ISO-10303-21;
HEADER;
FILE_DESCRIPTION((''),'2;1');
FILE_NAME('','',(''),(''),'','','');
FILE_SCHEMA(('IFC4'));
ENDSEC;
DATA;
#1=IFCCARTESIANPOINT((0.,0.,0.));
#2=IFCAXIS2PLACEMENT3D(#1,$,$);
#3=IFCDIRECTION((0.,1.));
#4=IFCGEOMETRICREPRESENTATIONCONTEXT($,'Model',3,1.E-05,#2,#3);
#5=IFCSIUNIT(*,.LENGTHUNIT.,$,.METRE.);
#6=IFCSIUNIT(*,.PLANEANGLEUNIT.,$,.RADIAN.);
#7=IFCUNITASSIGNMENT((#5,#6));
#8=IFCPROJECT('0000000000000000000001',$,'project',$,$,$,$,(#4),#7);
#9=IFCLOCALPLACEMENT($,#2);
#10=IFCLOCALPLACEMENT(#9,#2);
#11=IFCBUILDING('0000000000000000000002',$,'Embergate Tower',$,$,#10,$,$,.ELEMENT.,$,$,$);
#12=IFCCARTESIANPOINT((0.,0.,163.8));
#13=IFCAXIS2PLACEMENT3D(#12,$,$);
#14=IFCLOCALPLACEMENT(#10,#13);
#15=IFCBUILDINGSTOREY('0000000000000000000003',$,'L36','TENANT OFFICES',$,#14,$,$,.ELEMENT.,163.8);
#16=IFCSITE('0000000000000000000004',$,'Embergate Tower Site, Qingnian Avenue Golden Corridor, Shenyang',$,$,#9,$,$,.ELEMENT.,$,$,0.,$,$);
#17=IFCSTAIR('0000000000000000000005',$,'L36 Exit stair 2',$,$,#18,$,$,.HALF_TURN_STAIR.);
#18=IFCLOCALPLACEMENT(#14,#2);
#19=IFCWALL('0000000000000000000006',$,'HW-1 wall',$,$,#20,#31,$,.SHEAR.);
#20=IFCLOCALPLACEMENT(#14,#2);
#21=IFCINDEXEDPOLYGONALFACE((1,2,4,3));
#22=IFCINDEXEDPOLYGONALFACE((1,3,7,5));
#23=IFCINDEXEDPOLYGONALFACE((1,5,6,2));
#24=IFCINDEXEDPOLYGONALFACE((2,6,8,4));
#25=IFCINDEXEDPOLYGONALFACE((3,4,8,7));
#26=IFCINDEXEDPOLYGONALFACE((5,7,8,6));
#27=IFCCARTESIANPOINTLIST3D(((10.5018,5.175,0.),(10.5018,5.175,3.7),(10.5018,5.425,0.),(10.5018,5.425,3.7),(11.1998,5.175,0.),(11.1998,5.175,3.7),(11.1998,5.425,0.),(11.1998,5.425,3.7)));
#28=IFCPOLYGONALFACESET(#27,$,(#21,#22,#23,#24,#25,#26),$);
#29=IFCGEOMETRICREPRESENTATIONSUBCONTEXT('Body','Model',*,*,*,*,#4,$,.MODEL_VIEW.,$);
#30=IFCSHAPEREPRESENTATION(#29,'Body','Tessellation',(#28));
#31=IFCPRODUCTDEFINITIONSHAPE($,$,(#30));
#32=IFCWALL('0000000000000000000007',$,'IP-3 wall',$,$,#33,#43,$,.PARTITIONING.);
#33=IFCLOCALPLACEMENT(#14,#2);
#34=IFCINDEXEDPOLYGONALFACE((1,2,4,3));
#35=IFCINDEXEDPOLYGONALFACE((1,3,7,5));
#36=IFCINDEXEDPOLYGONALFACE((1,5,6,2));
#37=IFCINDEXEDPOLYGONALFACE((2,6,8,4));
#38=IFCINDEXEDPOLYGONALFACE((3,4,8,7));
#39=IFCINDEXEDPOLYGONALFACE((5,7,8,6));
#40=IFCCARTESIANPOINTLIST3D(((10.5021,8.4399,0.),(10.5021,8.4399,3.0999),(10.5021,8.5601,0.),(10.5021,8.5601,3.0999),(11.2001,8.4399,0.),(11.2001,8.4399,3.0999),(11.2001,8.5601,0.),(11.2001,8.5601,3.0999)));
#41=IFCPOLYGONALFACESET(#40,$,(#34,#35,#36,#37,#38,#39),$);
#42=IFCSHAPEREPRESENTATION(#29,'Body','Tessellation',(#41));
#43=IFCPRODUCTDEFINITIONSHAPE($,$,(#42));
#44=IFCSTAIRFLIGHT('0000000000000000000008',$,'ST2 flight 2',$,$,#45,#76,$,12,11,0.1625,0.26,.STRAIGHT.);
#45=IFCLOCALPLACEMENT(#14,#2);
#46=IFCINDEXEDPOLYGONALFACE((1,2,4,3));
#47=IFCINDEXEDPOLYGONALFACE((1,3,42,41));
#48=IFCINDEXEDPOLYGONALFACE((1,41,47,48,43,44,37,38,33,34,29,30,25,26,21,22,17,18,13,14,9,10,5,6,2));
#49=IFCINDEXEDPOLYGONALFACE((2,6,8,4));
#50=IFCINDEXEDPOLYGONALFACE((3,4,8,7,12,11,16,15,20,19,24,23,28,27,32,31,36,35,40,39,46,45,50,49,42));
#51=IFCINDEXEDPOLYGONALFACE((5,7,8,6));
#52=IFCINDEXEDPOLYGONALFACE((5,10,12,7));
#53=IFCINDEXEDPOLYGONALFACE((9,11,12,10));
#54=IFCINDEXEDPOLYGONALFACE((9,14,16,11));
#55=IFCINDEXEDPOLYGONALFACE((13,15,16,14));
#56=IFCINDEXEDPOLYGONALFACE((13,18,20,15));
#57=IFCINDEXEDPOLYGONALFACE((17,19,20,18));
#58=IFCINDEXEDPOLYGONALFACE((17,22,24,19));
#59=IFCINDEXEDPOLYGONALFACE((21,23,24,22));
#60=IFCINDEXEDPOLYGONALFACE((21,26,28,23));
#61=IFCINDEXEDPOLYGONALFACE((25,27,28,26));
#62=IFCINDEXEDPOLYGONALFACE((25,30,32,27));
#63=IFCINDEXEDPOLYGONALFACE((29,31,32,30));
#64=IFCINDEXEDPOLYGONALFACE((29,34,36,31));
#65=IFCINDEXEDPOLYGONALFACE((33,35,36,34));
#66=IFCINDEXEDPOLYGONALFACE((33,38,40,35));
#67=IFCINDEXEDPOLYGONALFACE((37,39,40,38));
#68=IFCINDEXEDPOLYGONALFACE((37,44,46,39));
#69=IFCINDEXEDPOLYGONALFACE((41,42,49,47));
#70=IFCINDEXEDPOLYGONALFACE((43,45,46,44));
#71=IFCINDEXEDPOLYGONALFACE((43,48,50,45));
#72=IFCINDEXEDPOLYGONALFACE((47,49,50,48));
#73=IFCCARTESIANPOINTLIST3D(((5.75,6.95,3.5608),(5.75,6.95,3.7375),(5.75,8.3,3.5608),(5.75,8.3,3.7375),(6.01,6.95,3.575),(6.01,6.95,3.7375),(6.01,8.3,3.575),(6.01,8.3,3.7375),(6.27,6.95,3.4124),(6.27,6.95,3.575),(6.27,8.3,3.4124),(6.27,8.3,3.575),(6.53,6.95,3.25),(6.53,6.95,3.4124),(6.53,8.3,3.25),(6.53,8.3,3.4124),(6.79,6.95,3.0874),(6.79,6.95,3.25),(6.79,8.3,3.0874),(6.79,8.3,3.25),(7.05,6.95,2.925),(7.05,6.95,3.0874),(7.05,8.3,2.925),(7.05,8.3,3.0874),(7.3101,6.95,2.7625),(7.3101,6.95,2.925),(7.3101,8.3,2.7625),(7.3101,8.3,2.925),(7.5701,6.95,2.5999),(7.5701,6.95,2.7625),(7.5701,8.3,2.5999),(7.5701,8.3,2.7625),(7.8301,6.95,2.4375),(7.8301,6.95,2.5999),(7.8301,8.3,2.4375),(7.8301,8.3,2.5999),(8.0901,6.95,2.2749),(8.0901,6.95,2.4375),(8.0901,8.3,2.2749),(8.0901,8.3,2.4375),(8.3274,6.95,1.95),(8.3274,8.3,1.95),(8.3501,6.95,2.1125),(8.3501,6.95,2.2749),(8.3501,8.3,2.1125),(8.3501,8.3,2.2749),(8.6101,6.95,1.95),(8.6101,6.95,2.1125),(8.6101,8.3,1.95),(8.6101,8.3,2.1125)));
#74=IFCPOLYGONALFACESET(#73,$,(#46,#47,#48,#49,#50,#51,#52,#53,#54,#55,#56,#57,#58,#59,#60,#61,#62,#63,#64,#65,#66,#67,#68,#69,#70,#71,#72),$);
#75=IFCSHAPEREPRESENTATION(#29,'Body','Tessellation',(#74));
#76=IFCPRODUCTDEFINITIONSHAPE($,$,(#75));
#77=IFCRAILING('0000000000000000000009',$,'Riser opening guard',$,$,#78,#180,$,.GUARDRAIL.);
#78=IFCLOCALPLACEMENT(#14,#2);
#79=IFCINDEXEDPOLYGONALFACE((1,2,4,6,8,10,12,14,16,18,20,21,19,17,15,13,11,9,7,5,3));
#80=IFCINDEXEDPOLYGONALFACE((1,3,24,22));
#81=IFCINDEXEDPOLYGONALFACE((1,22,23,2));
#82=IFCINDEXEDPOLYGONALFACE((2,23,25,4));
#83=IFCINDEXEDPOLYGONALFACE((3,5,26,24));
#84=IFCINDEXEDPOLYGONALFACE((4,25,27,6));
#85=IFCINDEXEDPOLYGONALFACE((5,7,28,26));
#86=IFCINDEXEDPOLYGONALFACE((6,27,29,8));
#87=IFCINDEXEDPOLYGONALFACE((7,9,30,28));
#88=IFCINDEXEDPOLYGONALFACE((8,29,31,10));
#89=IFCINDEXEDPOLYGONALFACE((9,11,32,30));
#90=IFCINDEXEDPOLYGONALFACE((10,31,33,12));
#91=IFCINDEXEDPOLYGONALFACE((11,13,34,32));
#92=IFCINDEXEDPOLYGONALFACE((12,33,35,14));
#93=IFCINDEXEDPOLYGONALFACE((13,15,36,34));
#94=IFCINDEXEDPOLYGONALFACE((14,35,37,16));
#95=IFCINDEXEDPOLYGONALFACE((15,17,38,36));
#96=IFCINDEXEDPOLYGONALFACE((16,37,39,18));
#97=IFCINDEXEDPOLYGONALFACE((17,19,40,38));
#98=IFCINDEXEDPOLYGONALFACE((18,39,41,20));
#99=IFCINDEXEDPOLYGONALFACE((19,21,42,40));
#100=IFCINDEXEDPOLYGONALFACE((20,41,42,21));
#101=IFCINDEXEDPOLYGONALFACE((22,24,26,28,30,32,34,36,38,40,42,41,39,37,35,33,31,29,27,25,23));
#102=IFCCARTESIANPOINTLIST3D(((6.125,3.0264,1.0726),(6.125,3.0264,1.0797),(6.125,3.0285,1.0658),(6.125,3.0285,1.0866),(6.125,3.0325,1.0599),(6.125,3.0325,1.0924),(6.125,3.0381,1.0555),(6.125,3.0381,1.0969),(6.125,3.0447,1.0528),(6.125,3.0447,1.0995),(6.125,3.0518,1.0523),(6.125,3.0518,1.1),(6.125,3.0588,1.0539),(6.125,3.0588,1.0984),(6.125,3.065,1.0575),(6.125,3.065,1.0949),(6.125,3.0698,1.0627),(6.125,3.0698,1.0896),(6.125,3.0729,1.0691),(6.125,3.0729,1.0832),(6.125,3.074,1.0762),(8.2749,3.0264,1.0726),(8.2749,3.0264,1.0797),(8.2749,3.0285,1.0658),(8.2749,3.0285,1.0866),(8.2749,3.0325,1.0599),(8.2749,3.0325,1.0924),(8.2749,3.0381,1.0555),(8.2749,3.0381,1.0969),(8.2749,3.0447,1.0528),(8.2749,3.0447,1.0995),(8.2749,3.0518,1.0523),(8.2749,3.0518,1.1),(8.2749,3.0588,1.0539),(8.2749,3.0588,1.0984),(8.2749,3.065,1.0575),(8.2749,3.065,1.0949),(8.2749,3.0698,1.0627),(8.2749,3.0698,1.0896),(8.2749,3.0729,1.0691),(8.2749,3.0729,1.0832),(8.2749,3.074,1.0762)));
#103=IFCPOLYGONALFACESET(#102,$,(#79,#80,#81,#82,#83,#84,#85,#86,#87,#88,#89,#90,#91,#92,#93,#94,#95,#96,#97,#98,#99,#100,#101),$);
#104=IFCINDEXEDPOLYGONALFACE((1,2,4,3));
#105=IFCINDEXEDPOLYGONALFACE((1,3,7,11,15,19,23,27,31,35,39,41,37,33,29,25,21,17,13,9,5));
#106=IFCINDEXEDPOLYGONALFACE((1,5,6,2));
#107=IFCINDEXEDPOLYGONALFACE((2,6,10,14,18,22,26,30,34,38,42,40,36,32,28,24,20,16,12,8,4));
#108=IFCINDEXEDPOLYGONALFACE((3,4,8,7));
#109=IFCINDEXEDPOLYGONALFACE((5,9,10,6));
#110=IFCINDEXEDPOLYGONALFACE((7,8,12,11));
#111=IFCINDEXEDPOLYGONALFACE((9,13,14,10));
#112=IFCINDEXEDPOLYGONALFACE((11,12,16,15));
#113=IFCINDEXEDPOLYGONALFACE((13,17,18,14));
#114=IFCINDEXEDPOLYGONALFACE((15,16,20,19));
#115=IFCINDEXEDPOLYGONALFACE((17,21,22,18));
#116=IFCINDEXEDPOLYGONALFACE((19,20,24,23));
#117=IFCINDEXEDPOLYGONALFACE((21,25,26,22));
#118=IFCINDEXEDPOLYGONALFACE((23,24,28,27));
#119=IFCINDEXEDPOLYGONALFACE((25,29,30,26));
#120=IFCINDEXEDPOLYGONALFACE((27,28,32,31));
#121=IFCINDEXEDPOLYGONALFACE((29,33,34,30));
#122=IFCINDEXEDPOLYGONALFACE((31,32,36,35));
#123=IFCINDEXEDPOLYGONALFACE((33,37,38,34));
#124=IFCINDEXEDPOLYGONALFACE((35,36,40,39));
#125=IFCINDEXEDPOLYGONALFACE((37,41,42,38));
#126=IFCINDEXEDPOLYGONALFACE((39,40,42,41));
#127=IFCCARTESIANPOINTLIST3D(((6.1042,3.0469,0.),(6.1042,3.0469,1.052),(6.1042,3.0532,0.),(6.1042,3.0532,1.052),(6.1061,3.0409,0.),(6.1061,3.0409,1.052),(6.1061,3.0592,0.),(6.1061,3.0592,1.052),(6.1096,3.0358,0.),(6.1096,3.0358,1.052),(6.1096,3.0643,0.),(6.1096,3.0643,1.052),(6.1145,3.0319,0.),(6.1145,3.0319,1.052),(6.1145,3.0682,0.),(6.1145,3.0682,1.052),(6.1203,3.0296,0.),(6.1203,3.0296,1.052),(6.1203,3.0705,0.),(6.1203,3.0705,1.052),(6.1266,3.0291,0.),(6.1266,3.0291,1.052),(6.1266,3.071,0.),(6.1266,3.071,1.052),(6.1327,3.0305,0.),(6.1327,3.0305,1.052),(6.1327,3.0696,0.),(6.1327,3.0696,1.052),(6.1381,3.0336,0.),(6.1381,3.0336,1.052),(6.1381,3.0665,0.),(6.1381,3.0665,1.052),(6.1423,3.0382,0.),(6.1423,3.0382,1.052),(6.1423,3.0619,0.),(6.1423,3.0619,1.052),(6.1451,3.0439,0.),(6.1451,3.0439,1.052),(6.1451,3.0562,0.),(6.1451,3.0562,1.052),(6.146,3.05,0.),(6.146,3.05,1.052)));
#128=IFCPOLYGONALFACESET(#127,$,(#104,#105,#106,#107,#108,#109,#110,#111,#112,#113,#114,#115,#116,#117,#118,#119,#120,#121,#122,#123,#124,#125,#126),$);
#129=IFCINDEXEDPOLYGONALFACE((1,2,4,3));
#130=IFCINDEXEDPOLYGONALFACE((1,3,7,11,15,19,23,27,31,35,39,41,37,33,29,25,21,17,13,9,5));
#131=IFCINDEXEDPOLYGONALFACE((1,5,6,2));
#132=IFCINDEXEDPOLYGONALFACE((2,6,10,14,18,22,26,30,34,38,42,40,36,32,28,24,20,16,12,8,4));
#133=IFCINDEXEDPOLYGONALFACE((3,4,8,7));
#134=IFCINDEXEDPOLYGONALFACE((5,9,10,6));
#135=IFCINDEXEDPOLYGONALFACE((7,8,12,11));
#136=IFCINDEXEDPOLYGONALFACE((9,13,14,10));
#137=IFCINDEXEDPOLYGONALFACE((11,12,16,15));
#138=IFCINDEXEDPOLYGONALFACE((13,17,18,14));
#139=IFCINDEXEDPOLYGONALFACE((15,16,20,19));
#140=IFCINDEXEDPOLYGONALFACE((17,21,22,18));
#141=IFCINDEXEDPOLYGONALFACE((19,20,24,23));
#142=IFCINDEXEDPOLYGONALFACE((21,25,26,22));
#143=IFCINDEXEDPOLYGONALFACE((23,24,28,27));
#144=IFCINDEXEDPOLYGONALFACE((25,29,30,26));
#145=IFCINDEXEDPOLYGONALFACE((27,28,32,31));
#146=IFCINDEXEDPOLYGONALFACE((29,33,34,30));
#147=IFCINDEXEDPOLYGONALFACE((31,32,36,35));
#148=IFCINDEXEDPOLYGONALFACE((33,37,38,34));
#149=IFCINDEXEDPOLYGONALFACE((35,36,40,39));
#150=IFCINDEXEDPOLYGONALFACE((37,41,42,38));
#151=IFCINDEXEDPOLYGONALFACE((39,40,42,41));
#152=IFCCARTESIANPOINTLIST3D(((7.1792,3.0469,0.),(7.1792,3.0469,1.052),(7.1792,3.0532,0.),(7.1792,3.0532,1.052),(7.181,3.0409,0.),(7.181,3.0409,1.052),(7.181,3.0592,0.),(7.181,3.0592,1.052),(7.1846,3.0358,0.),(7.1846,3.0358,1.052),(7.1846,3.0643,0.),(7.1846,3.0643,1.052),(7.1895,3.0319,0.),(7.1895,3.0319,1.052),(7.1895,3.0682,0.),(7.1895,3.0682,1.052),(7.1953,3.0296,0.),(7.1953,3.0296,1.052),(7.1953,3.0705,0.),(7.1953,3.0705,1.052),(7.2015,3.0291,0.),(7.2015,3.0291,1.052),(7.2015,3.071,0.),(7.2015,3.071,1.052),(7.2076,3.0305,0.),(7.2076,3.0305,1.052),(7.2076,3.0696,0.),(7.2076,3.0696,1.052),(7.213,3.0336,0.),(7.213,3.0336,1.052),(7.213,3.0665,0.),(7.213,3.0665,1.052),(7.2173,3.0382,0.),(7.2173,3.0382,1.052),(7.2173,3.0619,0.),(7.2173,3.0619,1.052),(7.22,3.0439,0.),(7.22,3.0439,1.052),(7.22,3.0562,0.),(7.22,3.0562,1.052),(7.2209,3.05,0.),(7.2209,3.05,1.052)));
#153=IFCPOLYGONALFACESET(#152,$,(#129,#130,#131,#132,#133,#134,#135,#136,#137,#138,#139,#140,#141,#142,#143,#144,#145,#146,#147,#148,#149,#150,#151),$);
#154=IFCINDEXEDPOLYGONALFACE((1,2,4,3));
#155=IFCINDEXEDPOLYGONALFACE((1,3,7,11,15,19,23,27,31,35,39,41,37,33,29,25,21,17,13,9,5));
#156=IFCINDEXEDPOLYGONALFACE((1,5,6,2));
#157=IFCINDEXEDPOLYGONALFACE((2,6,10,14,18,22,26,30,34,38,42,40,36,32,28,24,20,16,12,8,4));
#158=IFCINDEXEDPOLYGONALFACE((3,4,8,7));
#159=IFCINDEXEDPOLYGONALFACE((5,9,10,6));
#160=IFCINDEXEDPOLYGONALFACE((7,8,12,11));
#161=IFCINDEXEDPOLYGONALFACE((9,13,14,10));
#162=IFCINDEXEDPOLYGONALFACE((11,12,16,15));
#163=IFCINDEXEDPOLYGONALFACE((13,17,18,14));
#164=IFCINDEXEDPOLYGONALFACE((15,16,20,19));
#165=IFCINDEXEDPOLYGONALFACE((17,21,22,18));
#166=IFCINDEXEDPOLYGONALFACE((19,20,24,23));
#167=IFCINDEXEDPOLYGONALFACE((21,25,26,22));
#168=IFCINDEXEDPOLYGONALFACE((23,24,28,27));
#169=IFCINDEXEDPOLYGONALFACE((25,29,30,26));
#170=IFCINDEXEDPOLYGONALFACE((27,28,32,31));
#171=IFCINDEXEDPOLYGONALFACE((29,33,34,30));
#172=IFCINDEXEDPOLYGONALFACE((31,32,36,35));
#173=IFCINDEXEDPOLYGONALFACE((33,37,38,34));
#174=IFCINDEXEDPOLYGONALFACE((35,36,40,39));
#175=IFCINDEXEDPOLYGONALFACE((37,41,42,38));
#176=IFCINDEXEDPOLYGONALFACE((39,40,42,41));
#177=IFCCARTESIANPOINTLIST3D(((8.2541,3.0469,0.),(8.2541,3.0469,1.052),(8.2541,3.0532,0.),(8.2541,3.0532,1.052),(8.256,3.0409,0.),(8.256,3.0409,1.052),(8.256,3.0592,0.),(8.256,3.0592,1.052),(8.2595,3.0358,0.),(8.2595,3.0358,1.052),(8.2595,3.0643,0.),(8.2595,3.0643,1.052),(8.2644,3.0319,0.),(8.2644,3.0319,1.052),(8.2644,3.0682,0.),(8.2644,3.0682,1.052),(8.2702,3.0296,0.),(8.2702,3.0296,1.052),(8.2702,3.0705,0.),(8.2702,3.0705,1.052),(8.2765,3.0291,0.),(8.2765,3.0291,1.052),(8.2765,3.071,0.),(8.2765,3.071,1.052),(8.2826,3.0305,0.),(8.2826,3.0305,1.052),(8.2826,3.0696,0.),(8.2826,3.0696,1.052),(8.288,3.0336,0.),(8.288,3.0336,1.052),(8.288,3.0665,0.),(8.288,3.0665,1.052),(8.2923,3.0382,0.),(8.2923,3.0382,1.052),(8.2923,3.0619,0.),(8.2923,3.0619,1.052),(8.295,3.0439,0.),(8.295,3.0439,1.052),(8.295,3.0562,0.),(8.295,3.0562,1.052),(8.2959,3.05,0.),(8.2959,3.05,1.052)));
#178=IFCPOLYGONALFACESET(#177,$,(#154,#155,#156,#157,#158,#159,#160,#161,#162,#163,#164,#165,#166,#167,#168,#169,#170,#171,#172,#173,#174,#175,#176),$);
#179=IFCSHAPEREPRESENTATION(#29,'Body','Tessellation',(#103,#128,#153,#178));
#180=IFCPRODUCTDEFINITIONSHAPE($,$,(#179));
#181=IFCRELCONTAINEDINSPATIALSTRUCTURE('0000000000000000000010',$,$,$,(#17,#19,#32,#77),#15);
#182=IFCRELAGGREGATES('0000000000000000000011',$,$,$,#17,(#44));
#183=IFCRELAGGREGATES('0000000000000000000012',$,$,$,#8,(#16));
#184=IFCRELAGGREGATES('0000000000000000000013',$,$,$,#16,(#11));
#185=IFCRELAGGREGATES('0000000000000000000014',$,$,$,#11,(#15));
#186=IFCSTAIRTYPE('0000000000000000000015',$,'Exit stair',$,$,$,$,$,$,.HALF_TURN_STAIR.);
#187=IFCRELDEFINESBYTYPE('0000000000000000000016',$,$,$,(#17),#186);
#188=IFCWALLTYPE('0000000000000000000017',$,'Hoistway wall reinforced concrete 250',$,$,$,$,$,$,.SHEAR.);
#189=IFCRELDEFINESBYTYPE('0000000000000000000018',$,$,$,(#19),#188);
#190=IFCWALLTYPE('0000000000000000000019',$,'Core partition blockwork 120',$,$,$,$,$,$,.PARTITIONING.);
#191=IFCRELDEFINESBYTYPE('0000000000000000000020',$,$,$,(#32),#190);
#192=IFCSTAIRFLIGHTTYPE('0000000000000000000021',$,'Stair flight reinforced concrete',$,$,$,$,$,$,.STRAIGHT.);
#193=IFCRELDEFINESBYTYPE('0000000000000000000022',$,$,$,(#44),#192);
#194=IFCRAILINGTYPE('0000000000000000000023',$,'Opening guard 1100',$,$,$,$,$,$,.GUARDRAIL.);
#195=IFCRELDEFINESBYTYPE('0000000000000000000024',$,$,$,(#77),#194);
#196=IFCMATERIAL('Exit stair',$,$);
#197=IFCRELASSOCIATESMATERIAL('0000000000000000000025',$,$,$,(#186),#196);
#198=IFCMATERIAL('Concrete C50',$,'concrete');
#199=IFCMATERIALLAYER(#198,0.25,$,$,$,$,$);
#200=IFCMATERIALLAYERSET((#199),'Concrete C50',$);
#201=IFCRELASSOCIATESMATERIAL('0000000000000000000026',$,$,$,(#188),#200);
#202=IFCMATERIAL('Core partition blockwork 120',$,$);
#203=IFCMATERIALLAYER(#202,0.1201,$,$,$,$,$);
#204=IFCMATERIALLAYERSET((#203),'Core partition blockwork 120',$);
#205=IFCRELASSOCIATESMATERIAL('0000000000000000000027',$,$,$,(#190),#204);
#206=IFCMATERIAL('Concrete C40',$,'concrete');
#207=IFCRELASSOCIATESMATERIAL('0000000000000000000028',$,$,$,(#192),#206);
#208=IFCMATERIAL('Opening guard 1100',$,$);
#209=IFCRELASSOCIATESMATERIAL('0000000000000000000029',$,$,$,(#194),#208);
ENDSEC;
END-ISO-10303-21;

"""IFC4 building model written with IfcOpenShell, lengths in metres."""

from ifc_helpers import new_model, si_unit, direction, frame, frame_2d, origin, origin_2d, place, context, subcontext, project, spatial, polyline, rectangle, circle, outline, extrude, source, transform, mapped, material, layer, layer_set, type_object, element, aggregate, save


model = new_model("IFC4")

# Units and contexts
model_context = context("Model", 3, precision=1e-05, world=origin(), true_north=direction((0.0, 1.0)))
body_context = subcontext(model_context, "Body", "Model", "MODEL_VIEW")
ifc_project = project(units=[si_unit("LENGTHUNIT", "METRE"), si_unit("PLANEANGLEUNIT", "RADIAN")], contexts=[model_context])

# Site, building, storey
site_placement = place(None, origin())
site = spatial("IfcSite", under=ifc_project, at=site_placement, Name="Embergate Tower Site, Qingnian Avenue Golden Corridor, Shenyang", CompositionType="ELEMENT", RefElevation=0.0)
building_placement = place(site_placement, origin())
building = spatial("IfcBuilding", under=site, at=building_placement, Name="Embergate Tower", CompositionType="ELEMENT")
storey_placement = place(building_placement, frame((0.0, 0.0, 163.8)))
storey = spatial("IfcBuildingStorey", under=building, at=storey_placement, Name="L36", Description="TENANT OFFICES", CompositionType="ELEMENT", Elevation=163.8)

# Stair
ifc_material_1 = material(Name="Exit stair")
stair_type = type_object("IfcStairType", Name="Exit stair", PredefinedType="HALF_TURN_STAIR", material=ifc_material_1)
stair_placement = place(storey_placement, origin())
stair = element("IfcStair", 1, at=stair_placement, inside=storey, type_object=stair_type, Name="L36 Exit stair 2", PredefinedType="HALF_TURN_STAIR")
ifc_material_2 = material(Name="Concrete C40", Category="concrete")

# Shared definitions
ifc_material_3 = material(Name="Concrete C50", Category="concrete")
ifc_layer_1 = layer(ifc_material_3, 0.25)
ifc_layer_set_1 = layer_set([ifc_layer_1], Name="Concrete C50")
wall_type_1 = type_object("IfcWallType", Name="Hoistway wall reinforced concrete 250", PredefinedType="SHEAR", material=ifc_layer_set_1)

# Walls
shared_shape_1 = source(origin(), body_context, "Body", "SweptSolid", [
    extrude(rectangle(XDim=0.698, YDim=0.25, at=frame_2d((0.3491, 0.0))), origin(), (0.0, 0.0, 1.0), 3.7),
])
wall_1_placement = place(storey_placement, frame((11.2, 5.3, 0.0), z_axis=(0.0, 0.0, 1.0), x_axis=(-1.0, 0.0, 0.0)))
element("IfcWall", 2, at=wall_1_placement, inside=storey, type_object=wall_type_1, Name="HW-1 wall", PredefinedType="SHEAR", context=body_context, shape_type="MappedRepresentation", body=[
    mapped(shared_shape_1, transform((0.0, 0.0, 0.0))),
])
ifc_material_4 = material(Name="Core partition blockwork 120")
ifc_layer_2 = layer(ifc_material_4, 0.1201)
ifc_layer_set_2 = layer_set([ifc_layer_2], Name="Core partition blockwork 120")
wall_type_2 = type_object("IfcWallType", Name="Core partition blockwork 120", PredefinedType="PARTITIONING", material=ifc_layer_set_2)
shared_shape_2 = source(origin(), body_context, "Body", "SweptSolid", [
    extrude(rectangle(XDim=0.698, YDim=0.1201, at=frame_2d((0.3491, 0.0))), origin(), (0.0, 0.0, 1.0), 3.0999),
])
wall_2_placement = place(storey_placement, frame((10.502, 8.5, 0.0), z_axis=(0.0, 0.0, 1.0), x_axis=(1.0, 0.0, 0.0)))
element("IfcWall", 3, at=wall_2_placement, inside=storey, type_object=wall_type_2, Name="IP-3 wall", PredefinedType="PARTITIONING", context=body_context, shape_type="MappedRepresentation", body=[
    mapped(shared_shape_2, transform((0.0, 0.0, 0.0))),
])

# Stair flight
stair_flight_type = type_object("IfcStairFlightType", Name="Stair flight reinforced concrete", PredefinedType="STRAIGHT", material=ifc_material_2)
shared_shape_3 = source(origin(), body_context, "Body", "SweptSolid", [
    extrude(outline(polyline([(0.0, 0.0), (0.0, 0.1626), (0.26, 0.1626), (0.26, 0.325), (0.52, 0.325), (0.52, 0.4875), (0.78, 0.4875), (0.78, 0.6499), (1.04, 0.6499), (1.04, 0.8125), (1.3, 0.8125), (1.3, 0.9751), (1.5601, 0.9751), (1.5601, 1.1375), (1.8201, 1.1375), (1.8201, 1.3), (2.0801, 1.3), (2.0801, 1.4624), (2.3401, 1.4624), (2.3401, 1.625), (2.6001, 1.625), (2.6001, 1.7876), (2.8601, 1.7876), (2.8601, 1.95), (2.8601, 1.6108), (0.2827, 0.0), (0.0, 0.0)])), frame((0.0, 0.675, 0.0), z_axis=(0.0, -1.0, 0.0), x_axis=(1.0, 0.0, 0.0)), (0.0, 0.0, 1.0), 1.3501),
])
stair_flight_placement = place(storey_placement, frame((8.6101, 7.625, 1.95), z_axis=(0.0, 0.0, 1.0), x_axis=(-1.0, 0.0, 0.0)))
stair_flight = element("IfcStairFlight", 4, at=stair_flight_placement, type_object=stair_flight_type, Name="ST2 flight 2", NumberOfRisers=12, NumberOfTreads=11, PredefinedType="STRAIGHT", RiserHeight=0.1625, TreadLength=0.26, context=body_context, shape_type="MappedRepresentation", body=[
    mapped(shared_shape_3, transform((0.0, 0.0, 0.0))),
])
aggregate(stair, [stair_flight])

# Railing
ifc_material_5 = material(Name="Opening guard 1100")
railing_type = type_object("IfcRailingType", Name="Opening guard 1100", PredefinedType="GUARDRAIL", material=ifc_material_5)
shared_shape_4 = source(origin(), body_context, "Body", "SweptSolid", [
    extrude(circle(Radius=0.0239, at=origin_2d()), frame((0.0, 0.0, 1.0762), z_axis=(1.0, 0.0, 0.0), x_axis=(0.0, 1.0, 0.0)), (0.0, 0.0, 1.0), 2.1499),
    extrude(circle(Radius=0.021, at=origin_2d()), origin(), (0.0, 0.0, 1.0), 1.052),
    extrude(circle(Radius=0.021, at=origin_2d()), frame((1.075, 0.0, 0.0)), (0.0, 0.0, 1.0), 1.052),
    extrude(circle(Radius=0.021, at=origin_2d()), frame((2.1499, 0.0, 0.0)), (0.0, 0.0, 1.0), 1.052),
])
railing_placement = place(storey_placement, frame((6.125, 3.05, 0.0)))
element("IfcRailing", 5, at=railing_placement, inside=storey, type_object=railing_type, Name="Riser opening guard", PredefinedType="GUARDRAIL", context=body_context, shape_type="MappedRepresentation", body=[
    mapped(shared_shape_4, transform((0.0, 0.0, 0.0))),
])

save(model, "model.ifc")
